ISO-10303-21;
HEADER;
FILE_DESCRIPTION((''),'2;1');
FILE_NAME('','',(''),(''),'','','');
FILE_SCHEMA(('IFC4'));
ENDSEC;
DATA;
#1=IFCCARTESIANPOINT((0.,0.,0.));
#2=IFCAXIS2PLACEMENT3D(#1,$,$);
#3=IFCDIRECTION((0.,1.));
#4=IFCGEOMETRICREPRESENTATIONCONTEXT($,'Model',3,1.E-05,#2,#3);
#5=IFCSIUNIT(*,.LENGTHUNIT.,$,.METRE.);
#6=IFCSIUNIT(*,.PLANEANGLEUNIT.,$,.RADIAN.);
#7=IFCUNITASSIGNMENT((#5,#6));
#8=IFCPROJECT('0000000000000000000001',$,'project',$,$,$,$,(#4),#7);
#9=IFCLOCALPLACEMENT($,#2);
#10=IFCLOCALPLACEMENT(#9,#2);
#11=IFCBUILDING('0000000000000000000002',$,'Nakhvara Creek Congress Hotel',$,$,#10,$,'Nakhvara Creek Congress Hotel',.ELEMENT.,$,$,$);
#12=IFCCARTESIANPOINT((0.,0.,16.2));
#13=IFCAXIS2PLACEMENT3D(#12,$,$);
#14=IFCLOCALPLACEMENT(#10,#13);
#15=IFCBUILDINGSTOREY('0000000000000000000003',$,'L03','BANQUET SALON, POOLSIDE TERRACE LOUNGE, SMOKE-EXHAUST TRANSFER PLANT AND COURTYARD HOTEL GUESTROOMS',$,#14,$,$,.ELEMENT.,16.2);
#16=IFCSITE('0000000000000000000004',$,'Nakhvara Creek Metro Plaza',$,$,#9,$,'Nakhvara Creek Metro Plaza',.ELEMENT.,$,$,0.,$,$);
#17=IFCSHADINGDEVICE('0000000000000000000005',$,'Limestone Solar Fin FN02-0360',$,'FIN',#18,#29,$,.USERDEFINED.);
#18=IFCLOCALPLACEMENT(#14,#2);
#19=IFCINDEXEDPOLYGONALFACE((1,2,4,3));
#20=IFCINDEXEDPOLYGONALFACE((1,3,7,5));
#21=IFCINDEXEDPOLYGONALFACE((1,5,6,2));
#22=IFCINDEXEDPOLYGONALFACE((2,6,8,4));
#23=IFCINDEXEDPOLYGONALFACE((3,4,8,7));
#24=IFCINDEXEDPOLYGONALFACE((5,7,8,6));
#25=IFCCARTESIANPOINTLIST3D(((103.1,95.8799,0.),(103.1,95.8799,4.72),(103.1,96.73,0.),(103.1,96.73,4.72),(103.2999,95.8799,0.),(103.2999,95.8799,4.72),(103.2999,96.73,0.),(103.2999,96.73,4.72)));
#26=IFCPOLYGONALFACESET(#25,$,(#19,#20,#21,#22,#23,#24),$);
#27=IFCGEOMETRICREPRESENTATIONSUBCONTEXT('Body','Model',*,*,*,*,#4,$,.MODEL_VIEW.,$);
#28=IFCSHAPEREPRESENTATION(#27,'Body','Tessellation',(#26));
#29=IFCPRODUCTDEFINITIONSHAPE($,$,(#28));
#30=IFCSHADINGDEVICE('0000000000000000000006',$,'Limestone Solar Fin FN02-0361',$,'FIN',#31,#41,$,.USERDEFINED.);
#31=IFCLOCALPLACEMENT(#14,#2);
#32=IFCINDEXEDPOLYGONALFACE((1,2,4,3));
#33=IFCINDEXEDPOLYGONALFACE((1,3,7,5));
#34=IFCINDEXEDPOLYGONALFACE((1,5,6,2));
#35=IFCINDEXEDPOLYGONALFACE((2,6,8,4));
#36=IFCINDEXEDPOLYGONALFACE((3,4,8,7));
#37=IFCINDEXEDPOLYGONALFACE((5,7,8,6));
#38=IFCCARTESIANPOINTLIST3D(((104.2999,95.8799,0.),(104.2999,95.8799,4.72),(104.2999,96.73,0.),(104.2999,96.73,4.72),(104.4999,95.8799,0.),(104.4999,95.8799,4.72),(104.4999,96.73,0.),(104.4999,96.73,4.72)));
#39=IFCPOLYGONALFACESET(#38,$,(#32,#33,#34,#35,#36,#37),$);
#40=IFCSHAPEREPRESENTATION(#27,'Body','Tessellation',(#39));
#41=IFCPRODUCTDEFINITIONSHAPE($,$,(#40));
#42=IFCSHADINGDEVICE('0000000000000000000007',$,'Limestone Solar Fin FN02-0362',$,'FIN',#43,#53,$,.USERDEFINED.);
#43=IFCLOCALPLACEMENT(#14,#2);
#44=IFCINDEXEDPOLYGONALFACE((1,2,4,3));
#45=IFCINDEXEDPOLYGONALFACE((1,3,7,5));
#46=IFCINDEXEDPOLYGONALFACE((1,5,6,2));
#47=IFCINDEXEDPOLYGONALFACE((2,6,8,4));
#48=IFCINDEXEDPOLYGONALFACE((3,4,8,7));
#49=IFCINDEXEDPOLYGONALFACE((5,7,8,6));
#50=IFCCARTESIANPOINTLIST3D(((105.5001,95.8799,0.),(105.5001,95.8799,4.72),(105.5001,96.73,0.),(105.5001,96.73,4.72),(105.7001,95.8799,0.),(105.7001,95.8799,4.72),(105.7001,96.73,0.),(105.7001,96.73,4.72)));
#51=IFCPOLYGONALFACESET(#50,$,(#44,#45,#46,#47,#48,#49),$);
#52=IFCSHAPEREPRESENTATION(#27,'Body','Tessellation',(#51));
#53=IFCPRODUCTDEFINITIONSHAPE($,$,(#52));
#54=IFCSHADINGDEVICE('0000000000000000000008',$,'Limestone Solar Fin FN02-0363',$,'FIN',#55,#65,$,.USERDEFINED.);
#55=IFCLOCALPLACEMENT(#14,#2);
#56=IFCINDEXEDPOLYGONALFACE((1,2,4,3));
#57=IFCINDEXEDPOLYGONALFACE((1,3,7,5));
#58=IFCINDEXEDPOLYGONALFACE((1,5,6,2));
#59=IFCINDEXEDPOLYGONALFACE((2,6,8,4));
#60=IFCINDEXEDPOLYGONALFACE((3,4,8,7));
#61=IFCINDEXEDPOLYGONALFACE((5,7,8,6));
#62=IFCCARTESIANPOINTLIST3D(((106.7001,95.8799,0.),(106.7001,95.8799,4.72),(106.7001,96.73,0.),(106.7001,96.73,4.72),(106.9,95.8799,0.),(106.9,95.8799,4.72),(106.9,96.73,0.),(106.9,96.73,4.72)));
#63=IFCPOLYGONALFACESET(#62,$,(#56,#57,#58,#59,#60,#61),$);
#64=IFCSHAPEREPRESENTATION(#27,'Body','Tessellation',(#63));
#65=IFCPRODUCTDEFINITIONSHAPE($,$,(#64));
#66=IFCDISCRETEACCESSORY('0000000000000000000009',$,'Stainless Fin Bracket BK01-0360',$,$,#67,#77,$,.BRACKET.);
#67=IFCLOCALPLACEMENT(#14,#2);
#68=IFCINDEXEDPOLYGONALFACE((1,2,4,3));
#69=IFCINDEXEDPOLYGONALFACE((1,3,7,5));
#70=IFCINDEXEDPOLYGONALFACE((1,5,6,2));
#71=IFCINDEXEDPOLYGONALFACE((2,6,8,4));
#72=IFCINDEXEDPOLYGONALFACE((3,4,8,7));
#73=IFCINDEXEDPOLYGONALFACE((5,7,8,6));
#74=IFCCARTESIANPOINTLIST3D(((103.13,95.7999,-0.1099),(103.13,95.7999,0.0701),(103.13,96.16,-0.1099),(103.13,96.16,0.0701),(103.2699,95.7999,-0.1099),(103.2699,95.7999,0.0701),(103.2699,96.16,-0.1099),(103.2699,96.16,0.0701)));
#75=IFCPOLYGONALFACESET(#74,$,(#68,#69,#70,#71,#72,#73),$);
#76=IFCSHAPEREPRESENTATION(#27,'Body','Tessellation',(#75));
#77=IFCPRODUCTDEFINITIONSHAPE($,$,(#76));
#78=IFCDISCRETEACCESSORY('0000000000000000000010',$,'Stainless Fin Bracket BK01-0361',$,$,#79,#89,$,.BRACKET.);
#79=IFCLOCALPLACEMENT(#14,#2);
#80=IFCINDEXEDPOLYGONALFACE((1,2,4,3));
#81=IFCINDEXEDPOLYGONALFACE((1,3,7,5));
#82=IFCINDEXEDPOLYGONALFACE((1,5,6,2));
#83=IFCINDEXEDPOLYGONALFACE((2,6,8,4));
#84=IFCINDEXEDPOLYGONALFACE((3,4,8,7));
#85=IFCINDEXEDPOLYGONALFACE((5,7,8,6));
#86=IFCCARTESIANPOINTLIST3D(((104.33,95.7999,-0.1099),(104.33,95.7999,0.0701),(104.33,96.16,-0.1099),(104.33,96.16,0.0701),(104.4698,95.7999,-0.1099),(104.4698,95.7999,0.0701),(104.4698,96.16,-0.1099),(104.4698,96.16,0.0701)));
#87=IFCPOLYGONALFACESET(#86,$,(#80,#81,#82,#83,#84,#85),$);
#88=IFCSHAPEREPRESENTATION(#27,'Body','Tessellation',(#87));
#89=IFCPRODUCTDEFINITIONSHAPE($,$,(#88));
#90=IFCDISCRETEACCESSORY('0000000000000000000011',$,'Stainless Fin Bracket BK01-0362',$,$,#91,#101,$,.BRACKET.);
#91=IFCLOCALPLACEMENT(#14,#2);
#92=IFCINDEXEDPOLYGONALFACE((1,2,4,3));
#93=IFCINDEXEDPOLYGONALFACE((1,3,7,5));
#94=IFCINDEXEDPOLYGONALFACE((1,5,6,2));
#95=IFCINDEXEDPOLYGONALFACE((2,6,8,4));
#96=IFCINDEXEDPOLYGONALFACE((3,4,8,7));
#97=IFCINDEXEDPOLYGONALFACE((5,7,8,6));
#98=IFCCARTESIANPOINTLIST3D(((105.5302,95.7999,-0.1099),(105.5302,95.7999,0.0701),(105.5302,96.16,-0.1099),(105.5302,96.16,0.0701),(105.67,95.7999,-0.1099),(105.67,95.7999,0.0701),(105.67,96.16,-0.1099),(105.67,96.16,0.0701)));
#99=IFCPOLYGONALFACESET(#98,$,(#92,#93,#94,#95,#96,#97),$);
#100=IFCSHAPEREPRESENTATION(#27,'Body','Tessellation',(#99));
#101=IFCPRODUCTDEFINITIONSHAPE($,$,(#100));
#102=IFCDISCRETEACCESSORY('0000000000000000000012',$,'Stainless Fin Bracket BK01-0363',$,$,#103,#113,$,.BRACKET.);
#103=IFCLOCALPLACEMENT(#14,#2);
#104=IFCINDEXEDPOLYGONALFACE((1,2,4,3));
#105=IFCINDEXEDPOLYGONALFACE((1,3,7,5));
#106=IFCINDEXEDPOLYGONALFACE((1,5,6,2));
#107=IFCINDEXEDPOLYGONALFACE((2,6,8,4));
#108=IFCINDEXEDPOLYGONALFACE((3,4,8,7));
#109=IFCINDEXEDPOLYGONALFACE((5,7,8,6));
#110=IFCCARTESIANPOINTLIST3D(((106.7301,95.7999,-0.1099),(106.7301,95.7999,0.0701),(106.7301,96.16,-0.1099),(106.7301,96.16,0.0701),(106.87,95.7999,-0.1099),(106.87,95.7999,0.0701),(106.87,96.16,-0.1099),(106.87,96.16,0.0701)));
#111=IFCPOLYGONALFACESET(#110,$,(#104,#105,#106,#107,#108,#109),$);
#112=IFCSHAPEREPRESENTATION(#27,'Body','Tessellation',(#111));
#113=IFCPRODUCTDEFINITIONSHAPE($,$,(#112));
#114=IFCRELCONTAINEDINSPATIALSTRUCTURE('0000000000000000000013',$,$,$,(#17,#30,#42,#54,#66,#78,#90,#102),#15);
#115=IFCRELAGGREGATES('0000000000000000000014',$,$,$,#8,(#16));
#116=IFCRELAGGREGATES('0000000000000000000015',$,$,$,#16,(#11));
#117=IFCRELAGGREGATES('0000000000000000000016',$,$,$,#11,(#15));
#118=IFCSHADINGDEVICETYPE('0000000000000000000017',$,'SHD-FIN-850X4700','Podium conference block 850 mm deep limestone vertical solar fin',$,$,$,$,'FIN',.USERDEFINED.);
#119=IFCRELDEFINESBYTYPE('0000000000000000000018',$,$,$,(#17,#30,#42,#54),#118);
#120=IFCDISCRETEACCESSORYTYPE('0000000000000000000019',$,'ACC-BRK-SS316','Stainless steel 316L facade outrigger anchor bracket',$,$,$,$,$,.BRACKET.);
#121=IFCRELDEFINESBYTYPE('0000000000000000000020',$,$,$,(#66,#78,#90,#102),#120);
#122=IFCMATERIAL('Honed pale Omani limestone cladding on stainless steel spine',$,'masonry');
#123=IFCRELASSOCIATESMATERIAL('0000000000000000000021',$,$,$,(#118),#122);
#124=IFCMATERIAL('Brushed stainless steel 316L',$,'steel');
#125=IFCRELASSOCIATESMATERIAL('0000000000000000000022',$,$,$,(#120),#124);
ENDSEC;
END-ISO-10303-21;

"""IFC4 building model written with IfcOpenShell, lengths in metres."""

from ifc_helpers import new_model, si_unit, direction, frame, origin, origin_2d, place, context, subcontext, project, spatial, rectangle, extrude, material, type_object, element, save


model = new_model("IFC4")

# Units and contexts
model_context = context("Model", 3, precision=1e-05, world=origin(), true_north=direction((0.0, 1.0)))
body_context = subcontext(model_context, "Body", "Model", "MODEL_VIEW")
ifc_project = project(units=[si_unit("LENGTHUNIT", "METRE"), si_unit("PLANEANGLEUNIT", "RADIAN")], contexts=[model_context])

# Site, building, storey
site_placement = place(None, origin())
site = spatial("IfcSite", under=ifc_project, at=site_placement, Name="Nakhvara Creek Metro Plaza", LongName="Nakhvara Creek Metro Plaza", CompositionType="ELEMENT", RefElevation=0.0)
building_placement = place(site_placement, origin())
building = spatial("IfcBuilding", under=site, at=building_placement, Name="Nakhvara Creek Congress Hotel", LongName="Nakhvara Creek Congress Hotel", CompositionType="ELEMENT")
storey_placement = place(building_placement, frame((0.0, 0.0, 16.2)))
storey = spatial("IfcBuildingStorey", under=building, at=storey_placement, Name="L03", Description="BANQUET SALON, POOLSIDE TERRACE LOUNGE, SMOKE-EXHAUST TRANSFER PLANT AND COURTYARD HOTEL GUESTROOMS", CompositionType="ELEMENT", Elevation=16.2)

# Shading devices
ifc_material_1 = material(Name="Honed pale Omani limestone cladding on stainless steel spine", Category="masonry")
shading_device_type = type_object("IfcShadingDeviceType", Name="SHD-FIN-850X4700", Description="Podium conference block 850 mm deep limestone vertical solar fin", ElementType="FIN", PredefinedType="USERDEFINED", material=ifc_material_1)
for number, where, z_axis, x_axis, name in (
    (1, (103.2, 96.3049, 0.0), (0.0, 0.0, 1.0), (1.0, 0.0, 0.0), "Limestone Solar Fin FN02-0360"),
    (2, (104.3999, 96.3049, 0.0), (0.0, 0.0, 1.0), (1.0, 0.0, 0.0), "Limestone Solar Fin FN02-0361"),
    (3, (105.6001, 96.3049, 0.0), (0.0, 0.0, 1.0), (1.0, 0.0, 0.0), "Limestone Solar Fin FN02-0362"),
    (4, (106.8, 96.3049, 0.0), (0.0, 0.0, 1.0), (1.0, 0.0, 0.0), "Limestone Solar Fin FN02-0363"),
):
    element("IfcShadingDevice", number, at=place(storey_placement, frame(where, z_axis=z_axis, x_axis=x_axis)), inside=storey, type_object=shading_device_type, Name=name, ObjectType="FIN", PredefinedType="USERDEFINED", context=body_context, shape_type="SweptSolid", body=[
        extrude(rectangle(XDim=0.2, YDim=0.8501, at=origin_2d()), origin(), (0.0, 0.0, 1.0), 4.72),
    ])

# Discrete accessories
ifc_material_2 = material(Name="Brushed stainless steel 316L", Category="steel")
discrete_accessory_type = type_object("IfcDiscreteAccessoryType", Name="ACC-BRK-SS316", Description="Stainless steel 316L facade outrigger anchor bracket", PredefinedType="BRACKET", material=ifc_material_2)
for number, where, z_axis, x_axis, name in (
    (5, (103.2, 95.98, -0.1099), (0.0, 0.0, 1.0), (1.0, 0.0, 0.0), "Stainless Fin Bracket BK01-0360"),
    (6, (104.3999, 95.98, -0.1099), (0.0, 0.0, 1.0), (1.0, 0.0, 0.0), "Stainless Fin Bracket BK01-0361"),
    (7, (105.6001, 95.98, -0.1099), (0.0, 0.0, 1.0), (1.0, 0.0, 0.0), "Stainless Fin Bracket BK01-0362"),
    (8, (106.8, 95.98, -0.1099), (0.0, 0.0, 1.0), (1.0, 0.0, 0.0), "Stainless Fin Bracket BK01-0363"),
):
    element("IfcDiscreteAccessory", number, at=place(storey_placement, frame(where, z_axis=z_axis, x_axis=x_axis)), inside=storey, type_object=discrete_accessory_type, Name=name, PredefinedType="BRACKET", context=body_context, shape_type="SweptSolid", body=[
        extrude(rectangle(XDim=0.1399, YDim=0.3601, at=origin_2d()), origin(), (0.0, 0.0, 1.0), 0.1799),
    ])

save(model, "model.ifc")
